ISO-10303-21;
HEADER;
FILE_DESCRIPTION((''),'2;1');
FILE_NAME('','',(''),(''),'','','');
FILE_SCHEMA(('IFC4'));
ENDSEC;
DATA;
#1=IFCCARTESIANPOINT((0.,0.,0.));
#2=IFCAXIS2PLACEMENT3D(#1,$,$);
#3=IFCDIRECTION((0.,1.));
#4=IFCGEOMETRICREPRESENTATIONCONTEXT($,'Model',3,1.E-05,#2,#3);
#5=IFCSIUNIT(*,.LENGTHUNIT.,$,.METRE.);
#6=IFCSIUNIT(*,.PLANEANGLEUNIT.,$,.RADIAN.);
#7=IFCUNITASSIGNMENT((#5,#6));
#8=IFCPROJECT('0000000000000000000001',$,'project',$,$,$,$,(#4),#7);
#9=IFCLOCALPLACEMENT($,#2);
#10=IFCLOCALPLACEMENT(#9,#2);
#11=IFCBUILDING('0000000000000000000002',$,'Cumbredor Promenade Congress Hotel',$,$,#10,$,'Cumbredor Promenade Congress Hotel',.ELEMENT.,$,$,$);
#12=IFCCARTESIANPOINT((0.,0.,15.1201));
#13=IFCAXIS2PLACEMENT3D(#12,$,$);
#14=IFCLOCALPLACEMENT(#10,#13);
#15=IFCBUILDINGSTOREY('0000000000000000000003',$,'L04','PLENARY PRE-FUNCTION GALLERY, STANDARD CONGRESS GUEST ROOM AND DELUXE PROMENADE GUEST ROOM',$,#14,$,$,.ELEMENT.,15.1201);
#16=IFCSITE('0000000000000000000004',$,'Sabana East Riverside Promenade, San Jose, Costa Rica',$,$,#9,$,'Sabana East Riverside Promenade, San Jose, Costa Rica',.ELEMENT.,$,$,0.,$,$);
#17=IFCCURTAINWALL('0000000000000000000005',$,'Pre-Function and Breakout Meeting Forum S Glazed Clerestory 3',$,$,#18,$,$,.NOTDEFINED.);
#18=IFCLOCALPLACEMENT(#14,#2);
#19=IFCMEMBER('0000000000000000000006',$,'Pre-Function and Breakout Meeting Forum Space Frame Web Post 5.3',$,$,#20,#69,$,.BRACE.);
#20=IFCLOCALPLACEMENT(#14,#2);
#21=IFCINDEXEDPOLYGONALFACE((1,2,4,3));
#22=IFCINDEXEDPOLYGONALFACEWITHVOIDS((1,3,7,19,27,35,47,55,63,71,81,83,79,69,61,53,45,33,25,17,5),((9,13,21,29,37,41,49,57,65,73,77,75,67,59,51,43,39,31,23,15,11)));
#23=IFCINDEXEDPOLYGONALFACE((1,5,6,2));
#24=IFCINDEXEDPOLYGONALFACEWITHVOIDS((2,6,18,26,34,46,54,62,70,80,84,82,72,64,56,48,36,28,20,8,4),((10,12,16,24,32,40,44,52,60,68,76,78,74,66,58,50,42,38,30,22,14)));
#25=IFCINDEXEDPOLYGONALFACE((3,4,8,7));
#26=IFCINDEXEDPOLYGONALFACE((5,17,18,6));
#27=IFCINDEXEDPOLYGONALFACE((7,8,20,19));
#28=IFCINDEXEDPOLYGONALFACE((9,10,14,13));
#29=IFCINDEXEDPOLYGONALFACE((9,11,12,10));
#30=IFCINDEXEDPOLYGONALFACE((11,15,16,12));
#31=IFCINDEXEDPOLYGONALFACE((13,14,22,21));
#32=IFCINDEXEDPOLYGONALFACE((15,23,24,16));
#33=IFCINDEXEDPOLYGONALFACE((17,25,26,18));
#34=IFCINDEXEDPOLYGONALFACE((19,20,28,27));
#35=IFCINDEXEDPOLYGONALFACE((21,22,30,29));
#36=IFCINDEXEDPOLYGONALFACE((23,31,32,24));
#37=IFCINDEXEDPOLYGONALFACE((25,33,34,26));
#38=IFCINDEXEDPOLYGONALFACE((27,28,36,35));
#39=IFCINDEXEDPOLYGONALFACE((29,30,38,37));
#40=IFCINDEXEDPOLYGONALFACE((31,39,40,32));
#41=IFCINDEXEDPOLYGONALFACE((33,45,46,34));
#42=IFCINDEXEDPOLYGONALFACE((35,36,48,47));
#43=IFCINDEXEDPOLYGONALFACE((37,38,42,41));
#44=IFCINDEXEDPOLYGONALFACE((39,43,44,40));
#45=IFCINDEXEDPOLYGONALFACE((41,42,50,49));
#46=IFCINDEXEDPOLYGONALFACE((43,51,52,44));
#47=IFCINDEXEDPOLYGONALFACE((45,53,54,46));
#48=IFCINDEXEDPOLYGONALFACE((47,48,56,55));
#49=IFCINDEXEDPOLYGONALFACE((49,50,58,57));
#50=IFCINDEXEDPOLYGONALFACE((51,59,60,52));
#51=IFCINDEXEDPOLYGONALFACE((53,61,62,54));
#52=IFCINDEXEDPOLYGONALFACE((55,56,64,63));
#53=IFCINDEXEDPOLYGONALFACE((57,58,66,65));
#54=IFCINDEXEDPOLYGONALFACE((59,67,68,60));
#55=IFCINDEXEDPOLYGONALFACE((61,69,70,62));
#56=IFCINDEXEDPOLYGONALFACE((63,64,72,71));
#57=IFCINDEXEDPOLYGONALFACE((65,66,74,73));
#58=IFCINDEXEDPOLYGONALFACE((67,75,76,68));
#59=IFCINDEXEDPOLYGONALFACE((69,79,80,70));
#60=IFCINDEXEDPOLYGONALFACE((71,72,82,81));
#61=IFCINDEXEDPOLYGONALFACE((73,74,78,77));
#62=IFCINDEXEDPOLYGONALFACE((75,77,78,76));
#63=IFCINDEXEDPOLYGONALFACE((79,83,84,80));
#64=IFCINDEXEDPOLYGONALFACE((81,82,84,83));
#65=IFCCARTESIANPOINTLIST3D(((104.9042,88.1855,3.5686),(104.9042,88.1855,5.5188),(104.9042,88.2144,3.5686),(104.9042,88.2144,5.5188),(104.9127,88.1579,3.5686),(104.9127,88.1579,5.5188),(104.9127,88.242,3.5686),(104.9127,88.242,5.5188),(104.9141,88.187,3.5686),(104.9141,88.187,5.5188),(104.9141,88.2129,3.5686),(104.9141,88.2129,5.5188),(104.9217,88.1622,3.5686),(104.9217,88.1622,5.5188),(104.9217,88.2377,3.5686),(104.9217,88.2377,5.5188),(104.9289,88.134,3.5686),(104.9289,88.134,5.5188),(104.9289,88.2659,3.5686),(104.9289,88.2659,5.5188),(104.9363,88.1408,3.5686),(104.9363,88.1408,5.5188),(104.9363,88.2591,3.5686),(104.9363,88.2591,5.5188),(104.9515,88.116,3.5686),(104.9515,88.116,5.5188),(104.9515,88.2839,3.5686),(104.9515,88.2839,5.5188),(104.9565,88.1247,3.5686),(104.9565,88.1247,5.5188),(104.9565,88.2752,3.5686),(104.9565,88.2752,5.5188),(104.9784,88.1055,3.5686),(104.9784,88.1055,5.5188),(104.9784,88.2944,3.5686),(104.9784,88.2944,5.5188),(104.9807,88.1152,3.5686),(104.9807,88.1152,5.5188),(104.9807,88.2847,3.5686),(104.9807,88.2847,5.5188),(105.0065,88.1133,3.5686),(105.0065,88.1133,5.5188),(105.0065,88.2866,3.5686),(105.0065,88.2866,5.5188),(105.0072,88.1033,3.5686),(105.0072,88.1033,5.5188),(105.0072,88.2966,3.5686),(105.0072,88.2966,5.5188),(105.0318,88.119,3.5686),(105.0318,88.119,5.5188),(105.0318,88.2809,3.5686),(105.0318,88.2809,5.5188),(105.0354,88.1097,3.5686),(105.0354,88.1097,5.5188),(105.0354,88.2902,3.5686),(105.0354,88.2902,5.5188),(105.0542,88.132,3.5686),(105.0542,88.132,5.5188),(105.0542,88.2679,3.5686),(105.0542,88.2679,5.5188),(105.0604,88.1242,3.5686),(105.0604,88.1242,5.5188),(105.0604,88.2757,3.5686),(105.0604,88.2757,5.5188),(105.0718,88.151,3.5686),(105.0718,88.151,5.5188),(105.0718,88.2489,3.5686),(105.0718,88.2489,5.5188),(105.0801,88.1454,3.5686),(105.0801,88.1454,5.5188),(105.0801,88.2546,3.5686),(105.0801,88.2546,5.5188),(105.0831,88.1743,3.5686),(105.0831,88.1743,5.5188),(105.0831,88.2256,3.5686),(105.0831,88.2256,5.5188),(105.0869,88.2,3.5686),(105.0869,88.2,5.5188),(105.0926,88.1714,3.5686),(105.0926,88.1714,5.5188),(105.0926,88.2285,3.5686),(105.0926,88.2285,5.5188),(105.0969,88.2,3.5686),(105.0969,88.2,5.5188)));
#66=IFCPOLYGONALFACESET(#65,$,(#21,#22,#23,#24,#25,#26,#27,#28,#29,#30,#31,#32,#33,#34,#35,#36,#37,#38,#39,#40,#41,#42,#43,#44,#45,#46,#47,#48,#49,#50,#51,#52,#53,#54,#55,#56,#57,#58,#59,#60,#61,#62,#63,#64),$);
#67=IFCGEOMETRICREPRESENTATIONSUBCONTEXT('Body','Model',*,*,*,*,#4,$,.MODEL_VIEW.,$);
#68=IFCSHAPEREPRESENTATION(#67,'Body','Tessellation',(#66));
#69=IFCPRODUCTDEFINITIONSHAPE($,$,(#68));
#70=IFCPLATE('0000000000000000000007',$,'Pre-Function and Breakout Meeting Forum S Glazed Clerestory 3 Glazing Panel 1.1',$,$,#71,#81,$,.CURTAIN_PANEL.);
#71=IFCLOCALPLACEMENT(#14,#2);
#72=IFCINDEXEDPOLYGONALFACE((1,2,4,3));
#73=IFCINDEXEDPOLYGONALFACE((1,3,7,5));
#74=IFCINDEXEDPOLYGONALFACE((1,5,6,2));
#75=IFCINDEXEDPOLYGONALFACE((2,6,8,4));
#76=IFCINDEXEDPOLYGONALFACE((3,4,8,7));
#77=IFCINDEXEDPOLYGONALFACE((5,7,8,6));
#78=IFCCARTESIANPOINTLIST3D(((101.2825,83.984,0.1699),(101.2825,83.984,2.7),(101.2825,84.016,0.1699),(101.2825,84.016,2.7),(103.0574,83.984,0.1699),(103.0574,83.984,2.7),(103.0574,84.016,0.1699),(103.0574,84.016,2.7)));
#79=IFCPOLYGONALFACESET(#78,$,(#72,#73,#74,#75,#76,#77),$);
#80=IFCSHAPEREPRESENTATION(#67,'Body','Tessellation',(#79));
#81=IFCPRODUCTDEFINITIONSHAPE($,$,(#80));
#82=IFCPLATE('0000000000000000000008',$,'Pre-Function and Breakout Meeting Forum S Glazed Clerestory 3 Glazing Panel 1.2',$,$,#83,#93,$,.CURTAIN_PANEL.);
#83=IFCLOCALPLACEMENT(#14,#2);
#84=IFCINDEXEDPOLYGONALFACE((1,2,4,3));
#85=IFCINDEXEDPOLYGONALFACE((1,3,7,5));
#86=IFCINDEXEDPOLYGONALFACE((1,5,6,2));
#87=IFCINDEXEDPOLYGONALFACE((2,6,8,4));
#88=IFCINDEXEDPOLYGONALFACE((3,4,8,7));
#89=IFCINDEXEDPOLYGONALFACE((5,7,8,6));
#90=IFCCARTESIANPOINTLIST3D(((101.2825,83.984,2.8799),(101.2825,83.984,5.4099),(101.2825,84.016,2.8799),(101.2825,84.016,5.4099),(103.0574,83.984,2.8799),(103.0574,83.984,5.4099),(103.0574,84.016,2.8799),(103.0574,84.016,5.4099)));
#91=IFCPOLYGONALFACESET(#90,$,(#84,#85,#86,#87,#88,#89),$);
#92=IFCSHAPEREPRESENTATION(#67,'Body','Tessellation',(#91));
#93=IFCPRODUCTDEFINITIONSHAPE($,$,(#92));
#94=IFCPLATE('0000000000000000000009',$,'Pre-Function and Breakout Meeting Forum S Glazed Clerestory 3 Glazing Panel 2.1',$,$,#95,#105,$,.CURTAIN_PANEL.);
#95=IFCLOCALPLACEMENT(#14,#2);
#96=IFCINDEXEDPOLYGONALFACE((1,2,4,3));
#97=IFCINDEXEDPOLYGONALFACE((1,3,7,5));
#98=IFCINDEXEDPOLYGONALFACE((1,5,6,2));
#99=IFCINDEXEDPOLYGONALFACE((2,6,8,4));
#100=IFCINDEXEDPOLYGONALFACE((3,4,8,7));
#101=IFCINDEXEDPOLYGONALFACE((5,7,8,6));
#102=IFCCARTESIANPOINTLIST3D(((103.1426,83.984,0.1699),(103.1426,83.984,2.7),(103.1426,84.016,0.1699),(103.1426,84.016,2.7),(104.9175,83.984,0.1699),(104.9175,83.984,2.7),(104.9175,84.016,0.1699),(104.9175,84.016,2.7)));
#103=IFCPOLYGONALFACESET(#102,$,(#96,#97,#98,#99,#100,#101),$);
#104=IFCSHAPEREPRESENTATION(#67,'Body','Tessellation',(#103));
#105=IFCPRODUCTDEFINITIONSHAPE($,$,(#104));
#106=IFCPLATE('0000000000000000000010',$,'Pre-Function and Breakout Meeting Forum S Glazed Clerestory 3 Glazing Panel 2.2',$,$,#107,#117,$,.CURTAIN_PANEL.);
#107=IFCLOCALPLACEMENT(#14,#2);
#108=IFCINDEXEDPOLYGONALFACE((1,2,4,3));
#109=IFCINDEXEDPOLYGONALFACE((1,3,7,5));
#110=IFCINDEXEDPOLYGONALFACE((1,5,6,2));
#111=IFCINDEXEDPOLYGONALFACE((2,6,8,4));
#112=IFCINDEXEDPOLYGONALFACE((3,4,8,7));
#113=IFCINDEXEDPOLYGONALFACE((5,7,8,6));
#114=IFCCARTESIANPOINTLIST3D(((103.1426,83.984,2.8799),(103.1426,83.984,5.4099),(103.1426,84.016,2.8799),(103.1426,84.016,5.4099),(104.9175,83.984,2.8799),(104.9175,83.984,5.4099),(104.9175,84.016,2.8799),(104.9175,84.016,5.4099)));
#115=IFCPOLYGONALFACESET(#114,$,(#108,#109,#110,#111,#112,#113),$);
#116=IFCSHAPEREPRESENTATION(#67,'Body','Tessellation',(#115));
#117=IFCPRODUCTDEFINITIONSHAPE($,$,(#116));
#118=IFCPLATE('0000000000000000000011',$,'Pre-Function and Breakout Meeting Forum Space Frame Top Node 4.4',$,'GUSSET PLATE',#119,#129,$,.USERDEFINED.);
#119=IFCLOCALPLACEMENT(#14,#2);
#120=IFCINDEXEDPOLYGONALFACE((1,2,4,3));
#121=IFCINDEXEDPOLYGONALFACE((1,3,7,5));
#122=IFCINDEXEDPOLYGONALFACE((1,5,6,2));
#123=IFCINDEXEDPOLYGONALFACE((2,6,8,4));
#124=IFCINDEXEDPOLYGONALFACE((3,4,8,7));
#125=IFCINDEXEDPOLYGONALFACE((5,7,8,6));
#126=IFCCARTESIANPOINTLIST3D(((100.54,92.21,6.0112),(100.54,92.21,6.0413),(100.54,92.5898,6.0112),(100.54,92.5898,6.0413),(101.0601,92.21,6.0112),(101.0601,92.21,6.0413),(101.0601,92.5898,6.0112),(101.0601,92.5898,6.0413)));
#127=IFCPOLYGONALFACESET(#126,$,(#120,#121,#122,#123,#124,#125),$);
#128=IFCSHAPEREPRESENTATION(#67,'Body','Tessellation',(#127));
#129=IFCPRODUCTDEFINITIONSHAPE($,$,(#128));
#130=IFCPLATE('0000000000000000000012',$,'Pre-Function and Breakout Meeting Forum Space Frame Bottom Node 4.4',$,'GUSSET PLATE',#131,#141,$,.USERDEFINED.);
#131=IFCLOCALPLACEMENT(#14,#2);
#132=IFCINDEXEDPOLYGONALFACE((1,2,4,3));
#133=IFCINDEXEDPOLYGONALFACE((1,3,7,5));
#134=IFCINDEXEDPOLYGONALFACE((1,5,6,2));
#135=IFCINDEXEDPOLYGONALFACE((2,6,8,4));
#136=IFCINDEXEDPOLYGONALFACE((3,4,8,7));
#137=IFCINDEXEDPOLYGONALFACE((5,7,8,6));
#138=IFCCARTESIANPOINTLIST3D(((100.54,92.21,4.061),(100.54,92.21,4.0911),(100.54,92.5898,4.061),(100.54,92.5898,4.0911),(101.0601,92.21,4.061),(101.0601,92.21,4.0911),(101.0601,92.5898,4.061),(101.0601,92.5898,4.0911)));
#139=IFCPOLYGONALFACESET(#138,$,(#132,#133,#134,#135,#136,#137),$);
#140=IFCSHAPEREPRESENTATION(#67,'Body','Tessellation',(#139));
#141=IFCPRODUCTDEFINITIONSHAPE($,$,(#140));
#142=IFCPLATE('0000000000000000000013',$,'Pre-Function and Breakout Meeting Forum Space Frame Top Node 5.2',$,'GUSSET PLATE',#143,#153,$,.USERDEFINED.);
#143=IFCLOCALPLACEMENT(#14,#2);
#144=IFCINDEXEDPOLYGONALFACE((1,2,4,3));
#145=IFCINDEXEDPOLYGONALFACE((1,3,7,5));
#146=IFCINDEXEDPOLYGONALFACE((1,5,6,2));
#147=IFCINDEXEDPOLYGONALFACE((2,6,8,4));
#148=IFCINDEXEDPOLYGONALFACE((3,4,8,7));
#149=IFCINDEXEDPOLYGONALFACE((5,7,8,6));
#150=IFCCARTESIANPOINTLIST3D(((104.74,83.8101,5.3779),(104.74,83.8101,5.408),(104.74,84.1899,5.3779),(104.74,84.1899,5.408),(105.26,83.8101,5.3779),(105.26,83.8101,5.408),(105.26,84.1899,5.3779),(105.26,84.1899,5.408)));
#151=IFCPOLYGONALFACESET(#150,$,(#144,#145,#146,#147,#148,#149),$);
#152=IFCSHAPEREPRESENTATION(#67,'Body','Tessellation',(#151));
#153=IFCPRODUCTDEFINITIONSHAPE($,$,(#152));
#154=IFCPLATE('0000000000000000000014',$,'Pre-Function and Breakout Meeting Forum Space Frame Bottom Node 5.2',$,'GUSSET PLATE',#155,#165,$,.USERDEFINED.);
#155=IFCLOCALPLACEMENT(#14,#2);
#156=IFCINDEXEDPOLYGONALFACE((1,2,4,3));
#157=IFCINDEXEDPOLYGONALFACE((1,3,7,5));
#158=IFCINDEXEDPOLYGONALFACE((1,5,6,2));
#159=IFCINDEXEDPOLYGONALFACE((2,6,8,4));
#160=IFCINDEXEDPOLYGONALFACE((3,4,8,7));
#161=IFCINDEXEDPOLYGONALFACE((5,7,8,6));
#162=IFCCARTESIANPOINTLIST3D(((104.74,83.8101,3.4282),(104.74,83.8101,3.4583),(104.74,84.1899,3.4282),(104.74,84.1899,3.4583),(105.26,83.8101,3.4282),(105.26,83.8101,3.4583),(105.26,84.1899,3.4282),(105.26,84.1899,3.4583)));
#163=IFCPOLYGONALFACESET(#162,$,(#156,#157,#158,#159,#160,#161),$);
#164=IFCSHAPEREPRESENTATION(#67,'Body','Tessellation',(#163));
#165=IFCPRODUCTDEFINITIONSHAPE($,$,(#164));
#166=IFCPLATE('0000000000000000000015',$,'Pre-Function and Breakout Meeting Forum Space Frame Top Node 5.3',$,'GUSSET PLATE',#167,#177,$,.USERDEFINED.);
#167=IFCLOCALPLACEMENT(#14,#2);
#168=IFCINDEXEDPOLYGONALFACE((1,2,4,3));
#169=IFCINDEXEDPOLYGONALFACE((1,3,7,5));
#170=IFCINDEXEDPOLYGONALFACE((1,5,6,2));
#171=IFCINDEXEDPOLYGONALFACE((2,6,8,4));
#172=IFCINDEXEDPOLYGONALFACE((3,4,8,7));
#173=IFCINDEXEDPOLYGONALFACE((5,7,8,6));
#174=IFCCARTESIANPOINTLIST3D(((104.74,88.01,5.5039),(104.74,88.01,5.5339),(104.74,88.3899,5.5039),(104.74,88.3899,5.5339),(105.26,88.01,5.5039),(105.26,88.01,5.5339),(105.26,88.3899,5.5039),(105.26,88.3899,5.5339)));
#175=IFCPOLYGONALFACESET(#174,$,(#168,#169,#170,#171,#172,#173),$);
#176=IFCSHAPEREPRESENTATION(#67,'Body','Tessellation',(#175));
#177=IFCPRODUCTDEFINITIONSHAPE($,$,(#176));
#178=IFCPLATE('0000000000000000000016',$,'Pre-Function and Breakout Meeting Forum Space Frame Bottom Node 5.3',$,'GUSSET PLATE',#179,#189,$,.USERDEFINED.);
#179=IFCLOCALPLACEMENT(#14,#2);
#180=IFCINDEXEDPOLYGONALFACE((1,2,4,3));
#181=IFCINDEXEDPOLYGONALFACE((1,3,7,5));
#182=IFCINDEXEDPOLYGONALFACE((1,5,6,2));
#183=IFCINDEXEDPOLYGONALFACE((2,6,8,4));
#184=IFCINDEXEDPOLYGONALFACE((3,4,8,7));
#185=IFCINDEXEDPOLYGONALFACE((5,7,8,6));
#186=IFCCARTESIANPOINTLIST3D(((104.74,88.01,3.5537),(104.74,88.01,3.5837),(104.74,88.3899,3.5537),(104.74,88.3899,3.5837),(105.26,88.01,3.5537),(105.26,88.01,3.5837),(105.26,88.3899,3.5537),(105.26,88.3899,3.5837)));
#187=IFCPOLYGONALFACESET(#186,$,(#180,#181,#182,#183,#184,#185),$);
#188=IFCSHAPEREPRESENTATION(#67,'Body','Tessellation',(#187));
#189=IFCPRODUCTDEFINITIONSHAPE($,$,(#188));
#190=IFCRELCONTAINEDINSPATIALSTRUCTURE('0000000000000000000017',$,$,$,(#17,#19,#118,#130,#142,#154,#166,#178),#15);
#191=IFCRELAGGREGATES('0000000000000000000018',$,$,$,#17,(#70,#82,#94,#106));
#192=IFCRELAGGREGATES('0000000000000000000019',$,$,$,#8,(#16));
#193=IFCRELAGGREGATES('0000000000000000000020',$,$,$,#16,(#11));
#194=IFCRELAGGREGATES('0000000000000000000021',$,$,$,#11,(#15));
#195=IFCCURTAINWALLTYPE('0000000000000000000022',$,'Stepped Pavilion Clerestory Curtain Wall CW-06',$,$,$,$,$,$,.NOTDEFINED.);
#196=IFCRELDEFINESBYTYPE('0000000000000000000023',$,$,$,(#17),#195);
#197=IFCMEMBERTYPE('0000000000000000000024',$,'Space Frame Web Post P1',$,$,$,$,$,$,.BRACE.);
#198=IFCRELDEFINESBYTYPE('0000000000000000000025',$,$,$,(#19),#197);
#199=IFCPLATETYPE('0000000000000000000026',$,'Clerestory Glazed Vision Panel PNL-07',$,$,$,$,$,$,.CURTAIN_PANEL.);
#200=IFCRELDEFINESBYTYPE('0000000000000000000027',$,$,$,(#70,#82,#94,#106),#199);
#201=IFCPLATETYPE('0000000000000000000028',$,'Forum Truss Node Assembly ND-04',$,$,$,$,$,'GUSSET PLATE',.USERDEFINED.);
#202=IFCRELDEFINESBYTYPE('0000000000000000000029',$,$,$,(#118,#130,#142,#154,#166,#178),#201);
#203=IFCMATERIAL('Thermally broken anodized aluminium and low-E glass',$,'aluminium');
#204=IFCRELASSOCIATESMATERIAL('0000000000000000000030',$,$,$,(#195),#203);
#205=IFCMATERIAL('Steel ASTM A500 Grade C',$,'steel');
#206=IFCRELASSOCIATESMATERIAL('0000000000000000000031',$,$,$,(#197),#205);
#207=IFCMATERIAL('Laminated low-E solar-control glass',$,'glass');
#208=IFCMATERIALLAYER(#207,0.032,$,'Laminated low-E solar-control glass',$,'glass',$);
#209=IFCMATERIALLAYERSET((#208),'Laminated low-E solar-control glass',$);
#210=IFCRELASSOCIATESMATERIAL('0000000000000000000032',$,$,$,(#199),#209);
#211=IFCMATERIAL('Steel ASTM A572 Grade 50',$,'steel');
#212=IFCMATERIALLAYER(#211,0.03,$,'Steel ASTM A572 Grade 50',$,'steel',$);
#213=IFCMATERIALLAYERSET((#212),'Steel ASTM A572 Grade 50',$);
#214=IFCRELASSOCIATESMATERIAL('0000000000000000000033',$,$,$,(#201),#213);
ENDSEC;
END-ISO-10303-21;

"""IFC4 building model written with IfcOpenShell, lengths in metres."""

from ifc_helpers import new_model, si_unit, direction, frame, origin, origin_2d, place, context, subcontext, project, spatial, rectangle, hollow_circle, extrude, material, layer, layer_set, material_profile, profile_set, type_object, element, aggregate, save


model = new_model("IFC4")

# Units and contexts
model_context = context("Model", 3, precision=1e-05, world=origin(), true_north=direction((0.0, 1.0)))
body_context = subcontext(model_context, "Body", "Model", "MODEL_VIEW")
ifc_project = project(units=[si_unit("LENGTHUNIT", "METRE"), si_unit("PLANEANGLEUNIT", "RADIAN")], contexts=[model_context])

# Site, building, storey
site_placement = place(None, origin())
site = spatial("IfcSite", under=ifc_project, at=site_placement, Name="Sabana East Riverside Promenade, San Jose, Costa Rica", LongName="Sabana East Riverside Promenade, San Jose, Costa Rica", CompositionType="ELEMENT", RefElevation=0.0)
building_placement = place(site_placement, origin())
building = spatial("IfcBuilding", under=site, at=building_placement, Name="Cumbredor Promenade Congress Hotel", LongName="Cumbredor Promenade Congress Hotel", CompositionType="ELEMENT")
storey_placement = place(building_placement, frame((0.0, 0.0, 15.1201)))
storey = spatial("IfcBuildingStorey", under=building, at=storey_placement, Name="L04", Description="PLENARY PRE-FUNCTION GALLERY, STANDARD CONGRESS GUEST ROOM AND DELUXE PROMENADE GUEST ROOM", CompositionType="ELEMENT", Elevation=15.1201)

# Curtain wall
ifc_material_1 = material(Name="Thermally broken anodized aluminium and low-E glass", Category="aluminium")
curtain_wall_type = type_object("IfcCurtainWallType", Name="Stepped Pavilion Clerestory Curtain Wall CW-06", PredefinedType="NOTDEFINED", material=ifc_material_1)
curtain_wall_placement = place(storey_placement, origin())
curtain_wall = element("IfcCurtainWall", 1, at=curtain_wall_placement, inside=storey, type_object=curtain_wall_type, Name="Pre-Function and Breakout Meeting Forum S Glazed Clerestory 3", PredefinedType="NOTDEFINED")

# Member
ifc_material_2 = material(Name="Steel ASTM A500 Grade C", Category="steel")
ifc_material_profile_1 = material_profile(ifc_material_2, hollow_circle(Radius=0.0969, WallThickness=0.01, at=origin_2d()), Name="CHS 193.7x10")
ifc_profile_set_1 = profile_set([ifc_material_profile_1], Name="Steel ASTM A500 Grade C")
member_type_1 = type_object("IfcMemberType", Name="Space Frame Web Post P1", PredefinedType="BRACE", material=ifc_profile_set_1)
member_1_placement = place(storey_placement, frame((105.0, 88.2, 3.5686), z_axis=(0.0, 0.0, 1.0), x_axis=(1.0, 0.0, 0.0)))
element("IfcMember", 2, at=member_1_placement, inside=storey, type_object=member_type_1, Name="Pre-Function and Breakout Meeting Forum Space Frame Web Post 5.3", PredefinedType="BRACE", context=body_context, shape_type="SweptSolid", body=[
    extrude(hollow_circle(Radius=0.0969, WallThickness=0.01, at=origin_2d()), origin(), (0.0, 0.0, 1.0), 1.9502),
])

# Plates
ifc_material_3 = material(Name="Laminated low-E solar-control glass", Category="glass")
ifc_layer_1 = layer(ifc_material_3, 0.032, Name="Laminated low-E solar-control glass", Category="glass")
ifc_layer_set_1 = layer_set([ifc_layer_1], Name="Laminated low-E solar-control glass")
plate_type_1 = type_object("IfcPlateType", Name="Clerestory Glazed Vision Panel PNL-07", PredefinedType="CURTAIN_PANEL", material=ifc_layer_set_1)
plate_1_placement = place(storey_placement, frame((102.1699, 84.0, 0.1699), z_axis=(0.0, 0.0, 1.0), x_axis=(1.0, 0.0, 0.0)))
plate_1 = element("IfcPlate", 3, at=plate_1_placement, type_object=plate_type_1, Name="Pre-Function and Breakout Meeting Forum S Glazed Clerestory 3 Glazing Panel 1.1", PredefinedType="CURTAIN_PANEL", context=body_context, shape_type="SweptSolid", body=[
    extrude(rectangle(XDim=1.7749, YDim=0.032, at=origin_2d()), origin(), (0.0, 0.0, 1.0), 2.53),
])
plate_2_placement = place(storey_placement, frame((102.1699, 84.0, 2.8799), z_axis=(0.0, 0.0, 1.0), x_axis=(1.0, 0.0, 0.0)))
plate_2 = element("IfcPlate", 4, at=plate_2_placement, type_object=plate_type_1, Name="Pre-Function and Breakout Meeting Forum S Glazed Clerestory 3 Glazing Panel 1.2", PredefinedType="CURTAIN_PANEL", context=body_context, shape_type="SweptSolid", body=[
    extrude(rectangle(XDim=1.7749, YDim=0.032, at=origin_2d()), origin(), (0.0, 0.0, 1.0), 2.53),
])
plate_3_placement = place(storey_placement, frame((104.03, 84.0, 0.1699), z_axis=(0.0, 0.0, 1.0), x_axis=(1.0, 0.0, 0.0)))
plate_3 = element("IfcPlate", 5, at=plate_3_placement, type_object=plate_type_1, Name="Pre-Function and Breakout Meeting Forum S Glazed Clerestory 3 Glazing Panel 2.1", PredefinedType="CURTAIN_PANEL", context=body_context, shape_type="SweptSolid", body=[
    extrude(rectangle(XDim=1.7749, YDim=0.032, at=origin_2d()), origin(), (0.0, 0.0, 1.0), 2.53),
])
plate_4_placement = place(storey_placement, frame((104.03, 84.0, 2.8799), z_axis=(0.0, 0.0, 1.0), x_axis=(1.0, 0.0, 0.0)))
plate_4 = element("IfcPlate", 6, at=plate_4_placement, type_object=plate_type_1, Name="Pre-Function and Breakout Meeting Forum S Glazed Clerestory 3 Glazing Panel 2.2", PredefinedType="CURTAIN_PANEL", context=body_context, shape_type="SweptSolid", body=[
    extrude(rectangle(XDim=1.7749, YDim=0.032, at=origin_2d()), origin(), (0.0, 0.0, 1.0), 2.53),
])
aggregate(curtain_wall, [plate_1, plate_2, plate_3, plate_4])

# Plates
ifc_material_4 = material(Name="Steel ASTM A572 Grade 50", Category="steel")
ifc_layer_2 = layer(ifc_material_4, 0.03, Name="Steel ASTM A572 Grade 50", Category="steel")
ifc_layer_set_2 = layer_set([ifc_layer_2], Name="Steel ASTM A572 Grade 50")
plate_type_2 = type_object("IfcPlateType", Name="Forum Truss Node Assembly ND-04", ElementType="GUSSET PLATE", PredefinedType="USERDEFINED", material=ifc_layer_set_2)
for number, where, z_axis, x_axis, name in (
    (7, (100.8, 92.3999, 6.0112), (0.0, 0.0, 1.0), (1.0, 0.0, 0.0), "Pre-Function and Breakout Meeting Forum Space Frame Top Node 4.4"),
    (8, (100.8, 92.3999, 4.061), (0.0, 0.0, 1.0), (1.0, 0.0, 0.0), "Pre-Function and Breakout Meeting Forum Space Frame Bottom Node 4.4"),
    (9, (105.0, 84.0, 5.3779), (0.0, 0.0, 1.0), (1.0, 0.0, 0.0), "Pre-Function and Breakout Meeting Forum Space Frame Top Node 5.2"),
    (10, (105.0, 84.0, 3.4282), (0.0, 0.0, 1.0), (1.0, 0.0, 0.0), "Pre-Function and Breakout Meeting Forum Space Frame Bottom Node 5.2"),
    (11, (105.0, 88.2, 5.5039), (0.0, 0.0, 1.0), (1.0, 0.0, 0.0), "Pre-Function and Breakout Meeting Forum Space Frame Top Node 5.3"),
    (12, (105.0, 88.2, 3.5537), (0.0, 0.0, 1.0), (1.0, 0.0, 0.0), "Pre-Function and Breakout Meeting Forum Space Frame Bottom Node 5.3"),
):
    element("IfcPlate", number, at=place(storey_placement, frame(where, z_axis=z_axis, x_axis=x_axis)), inside=storey, type_object=plate_type_2, Name=name, ObjectType="GUSSET PLATE", PredefinedType="USERDEFINED", context=body_context, shape_type="SweptSolid", body=[
        extrude(rectangle(XDim=0.52, YDim=0.3799, at=origin_2d()), origin(), (0.0, 0.0, 1.0), 0.03),
    ])

save(model, "model.ifc")
